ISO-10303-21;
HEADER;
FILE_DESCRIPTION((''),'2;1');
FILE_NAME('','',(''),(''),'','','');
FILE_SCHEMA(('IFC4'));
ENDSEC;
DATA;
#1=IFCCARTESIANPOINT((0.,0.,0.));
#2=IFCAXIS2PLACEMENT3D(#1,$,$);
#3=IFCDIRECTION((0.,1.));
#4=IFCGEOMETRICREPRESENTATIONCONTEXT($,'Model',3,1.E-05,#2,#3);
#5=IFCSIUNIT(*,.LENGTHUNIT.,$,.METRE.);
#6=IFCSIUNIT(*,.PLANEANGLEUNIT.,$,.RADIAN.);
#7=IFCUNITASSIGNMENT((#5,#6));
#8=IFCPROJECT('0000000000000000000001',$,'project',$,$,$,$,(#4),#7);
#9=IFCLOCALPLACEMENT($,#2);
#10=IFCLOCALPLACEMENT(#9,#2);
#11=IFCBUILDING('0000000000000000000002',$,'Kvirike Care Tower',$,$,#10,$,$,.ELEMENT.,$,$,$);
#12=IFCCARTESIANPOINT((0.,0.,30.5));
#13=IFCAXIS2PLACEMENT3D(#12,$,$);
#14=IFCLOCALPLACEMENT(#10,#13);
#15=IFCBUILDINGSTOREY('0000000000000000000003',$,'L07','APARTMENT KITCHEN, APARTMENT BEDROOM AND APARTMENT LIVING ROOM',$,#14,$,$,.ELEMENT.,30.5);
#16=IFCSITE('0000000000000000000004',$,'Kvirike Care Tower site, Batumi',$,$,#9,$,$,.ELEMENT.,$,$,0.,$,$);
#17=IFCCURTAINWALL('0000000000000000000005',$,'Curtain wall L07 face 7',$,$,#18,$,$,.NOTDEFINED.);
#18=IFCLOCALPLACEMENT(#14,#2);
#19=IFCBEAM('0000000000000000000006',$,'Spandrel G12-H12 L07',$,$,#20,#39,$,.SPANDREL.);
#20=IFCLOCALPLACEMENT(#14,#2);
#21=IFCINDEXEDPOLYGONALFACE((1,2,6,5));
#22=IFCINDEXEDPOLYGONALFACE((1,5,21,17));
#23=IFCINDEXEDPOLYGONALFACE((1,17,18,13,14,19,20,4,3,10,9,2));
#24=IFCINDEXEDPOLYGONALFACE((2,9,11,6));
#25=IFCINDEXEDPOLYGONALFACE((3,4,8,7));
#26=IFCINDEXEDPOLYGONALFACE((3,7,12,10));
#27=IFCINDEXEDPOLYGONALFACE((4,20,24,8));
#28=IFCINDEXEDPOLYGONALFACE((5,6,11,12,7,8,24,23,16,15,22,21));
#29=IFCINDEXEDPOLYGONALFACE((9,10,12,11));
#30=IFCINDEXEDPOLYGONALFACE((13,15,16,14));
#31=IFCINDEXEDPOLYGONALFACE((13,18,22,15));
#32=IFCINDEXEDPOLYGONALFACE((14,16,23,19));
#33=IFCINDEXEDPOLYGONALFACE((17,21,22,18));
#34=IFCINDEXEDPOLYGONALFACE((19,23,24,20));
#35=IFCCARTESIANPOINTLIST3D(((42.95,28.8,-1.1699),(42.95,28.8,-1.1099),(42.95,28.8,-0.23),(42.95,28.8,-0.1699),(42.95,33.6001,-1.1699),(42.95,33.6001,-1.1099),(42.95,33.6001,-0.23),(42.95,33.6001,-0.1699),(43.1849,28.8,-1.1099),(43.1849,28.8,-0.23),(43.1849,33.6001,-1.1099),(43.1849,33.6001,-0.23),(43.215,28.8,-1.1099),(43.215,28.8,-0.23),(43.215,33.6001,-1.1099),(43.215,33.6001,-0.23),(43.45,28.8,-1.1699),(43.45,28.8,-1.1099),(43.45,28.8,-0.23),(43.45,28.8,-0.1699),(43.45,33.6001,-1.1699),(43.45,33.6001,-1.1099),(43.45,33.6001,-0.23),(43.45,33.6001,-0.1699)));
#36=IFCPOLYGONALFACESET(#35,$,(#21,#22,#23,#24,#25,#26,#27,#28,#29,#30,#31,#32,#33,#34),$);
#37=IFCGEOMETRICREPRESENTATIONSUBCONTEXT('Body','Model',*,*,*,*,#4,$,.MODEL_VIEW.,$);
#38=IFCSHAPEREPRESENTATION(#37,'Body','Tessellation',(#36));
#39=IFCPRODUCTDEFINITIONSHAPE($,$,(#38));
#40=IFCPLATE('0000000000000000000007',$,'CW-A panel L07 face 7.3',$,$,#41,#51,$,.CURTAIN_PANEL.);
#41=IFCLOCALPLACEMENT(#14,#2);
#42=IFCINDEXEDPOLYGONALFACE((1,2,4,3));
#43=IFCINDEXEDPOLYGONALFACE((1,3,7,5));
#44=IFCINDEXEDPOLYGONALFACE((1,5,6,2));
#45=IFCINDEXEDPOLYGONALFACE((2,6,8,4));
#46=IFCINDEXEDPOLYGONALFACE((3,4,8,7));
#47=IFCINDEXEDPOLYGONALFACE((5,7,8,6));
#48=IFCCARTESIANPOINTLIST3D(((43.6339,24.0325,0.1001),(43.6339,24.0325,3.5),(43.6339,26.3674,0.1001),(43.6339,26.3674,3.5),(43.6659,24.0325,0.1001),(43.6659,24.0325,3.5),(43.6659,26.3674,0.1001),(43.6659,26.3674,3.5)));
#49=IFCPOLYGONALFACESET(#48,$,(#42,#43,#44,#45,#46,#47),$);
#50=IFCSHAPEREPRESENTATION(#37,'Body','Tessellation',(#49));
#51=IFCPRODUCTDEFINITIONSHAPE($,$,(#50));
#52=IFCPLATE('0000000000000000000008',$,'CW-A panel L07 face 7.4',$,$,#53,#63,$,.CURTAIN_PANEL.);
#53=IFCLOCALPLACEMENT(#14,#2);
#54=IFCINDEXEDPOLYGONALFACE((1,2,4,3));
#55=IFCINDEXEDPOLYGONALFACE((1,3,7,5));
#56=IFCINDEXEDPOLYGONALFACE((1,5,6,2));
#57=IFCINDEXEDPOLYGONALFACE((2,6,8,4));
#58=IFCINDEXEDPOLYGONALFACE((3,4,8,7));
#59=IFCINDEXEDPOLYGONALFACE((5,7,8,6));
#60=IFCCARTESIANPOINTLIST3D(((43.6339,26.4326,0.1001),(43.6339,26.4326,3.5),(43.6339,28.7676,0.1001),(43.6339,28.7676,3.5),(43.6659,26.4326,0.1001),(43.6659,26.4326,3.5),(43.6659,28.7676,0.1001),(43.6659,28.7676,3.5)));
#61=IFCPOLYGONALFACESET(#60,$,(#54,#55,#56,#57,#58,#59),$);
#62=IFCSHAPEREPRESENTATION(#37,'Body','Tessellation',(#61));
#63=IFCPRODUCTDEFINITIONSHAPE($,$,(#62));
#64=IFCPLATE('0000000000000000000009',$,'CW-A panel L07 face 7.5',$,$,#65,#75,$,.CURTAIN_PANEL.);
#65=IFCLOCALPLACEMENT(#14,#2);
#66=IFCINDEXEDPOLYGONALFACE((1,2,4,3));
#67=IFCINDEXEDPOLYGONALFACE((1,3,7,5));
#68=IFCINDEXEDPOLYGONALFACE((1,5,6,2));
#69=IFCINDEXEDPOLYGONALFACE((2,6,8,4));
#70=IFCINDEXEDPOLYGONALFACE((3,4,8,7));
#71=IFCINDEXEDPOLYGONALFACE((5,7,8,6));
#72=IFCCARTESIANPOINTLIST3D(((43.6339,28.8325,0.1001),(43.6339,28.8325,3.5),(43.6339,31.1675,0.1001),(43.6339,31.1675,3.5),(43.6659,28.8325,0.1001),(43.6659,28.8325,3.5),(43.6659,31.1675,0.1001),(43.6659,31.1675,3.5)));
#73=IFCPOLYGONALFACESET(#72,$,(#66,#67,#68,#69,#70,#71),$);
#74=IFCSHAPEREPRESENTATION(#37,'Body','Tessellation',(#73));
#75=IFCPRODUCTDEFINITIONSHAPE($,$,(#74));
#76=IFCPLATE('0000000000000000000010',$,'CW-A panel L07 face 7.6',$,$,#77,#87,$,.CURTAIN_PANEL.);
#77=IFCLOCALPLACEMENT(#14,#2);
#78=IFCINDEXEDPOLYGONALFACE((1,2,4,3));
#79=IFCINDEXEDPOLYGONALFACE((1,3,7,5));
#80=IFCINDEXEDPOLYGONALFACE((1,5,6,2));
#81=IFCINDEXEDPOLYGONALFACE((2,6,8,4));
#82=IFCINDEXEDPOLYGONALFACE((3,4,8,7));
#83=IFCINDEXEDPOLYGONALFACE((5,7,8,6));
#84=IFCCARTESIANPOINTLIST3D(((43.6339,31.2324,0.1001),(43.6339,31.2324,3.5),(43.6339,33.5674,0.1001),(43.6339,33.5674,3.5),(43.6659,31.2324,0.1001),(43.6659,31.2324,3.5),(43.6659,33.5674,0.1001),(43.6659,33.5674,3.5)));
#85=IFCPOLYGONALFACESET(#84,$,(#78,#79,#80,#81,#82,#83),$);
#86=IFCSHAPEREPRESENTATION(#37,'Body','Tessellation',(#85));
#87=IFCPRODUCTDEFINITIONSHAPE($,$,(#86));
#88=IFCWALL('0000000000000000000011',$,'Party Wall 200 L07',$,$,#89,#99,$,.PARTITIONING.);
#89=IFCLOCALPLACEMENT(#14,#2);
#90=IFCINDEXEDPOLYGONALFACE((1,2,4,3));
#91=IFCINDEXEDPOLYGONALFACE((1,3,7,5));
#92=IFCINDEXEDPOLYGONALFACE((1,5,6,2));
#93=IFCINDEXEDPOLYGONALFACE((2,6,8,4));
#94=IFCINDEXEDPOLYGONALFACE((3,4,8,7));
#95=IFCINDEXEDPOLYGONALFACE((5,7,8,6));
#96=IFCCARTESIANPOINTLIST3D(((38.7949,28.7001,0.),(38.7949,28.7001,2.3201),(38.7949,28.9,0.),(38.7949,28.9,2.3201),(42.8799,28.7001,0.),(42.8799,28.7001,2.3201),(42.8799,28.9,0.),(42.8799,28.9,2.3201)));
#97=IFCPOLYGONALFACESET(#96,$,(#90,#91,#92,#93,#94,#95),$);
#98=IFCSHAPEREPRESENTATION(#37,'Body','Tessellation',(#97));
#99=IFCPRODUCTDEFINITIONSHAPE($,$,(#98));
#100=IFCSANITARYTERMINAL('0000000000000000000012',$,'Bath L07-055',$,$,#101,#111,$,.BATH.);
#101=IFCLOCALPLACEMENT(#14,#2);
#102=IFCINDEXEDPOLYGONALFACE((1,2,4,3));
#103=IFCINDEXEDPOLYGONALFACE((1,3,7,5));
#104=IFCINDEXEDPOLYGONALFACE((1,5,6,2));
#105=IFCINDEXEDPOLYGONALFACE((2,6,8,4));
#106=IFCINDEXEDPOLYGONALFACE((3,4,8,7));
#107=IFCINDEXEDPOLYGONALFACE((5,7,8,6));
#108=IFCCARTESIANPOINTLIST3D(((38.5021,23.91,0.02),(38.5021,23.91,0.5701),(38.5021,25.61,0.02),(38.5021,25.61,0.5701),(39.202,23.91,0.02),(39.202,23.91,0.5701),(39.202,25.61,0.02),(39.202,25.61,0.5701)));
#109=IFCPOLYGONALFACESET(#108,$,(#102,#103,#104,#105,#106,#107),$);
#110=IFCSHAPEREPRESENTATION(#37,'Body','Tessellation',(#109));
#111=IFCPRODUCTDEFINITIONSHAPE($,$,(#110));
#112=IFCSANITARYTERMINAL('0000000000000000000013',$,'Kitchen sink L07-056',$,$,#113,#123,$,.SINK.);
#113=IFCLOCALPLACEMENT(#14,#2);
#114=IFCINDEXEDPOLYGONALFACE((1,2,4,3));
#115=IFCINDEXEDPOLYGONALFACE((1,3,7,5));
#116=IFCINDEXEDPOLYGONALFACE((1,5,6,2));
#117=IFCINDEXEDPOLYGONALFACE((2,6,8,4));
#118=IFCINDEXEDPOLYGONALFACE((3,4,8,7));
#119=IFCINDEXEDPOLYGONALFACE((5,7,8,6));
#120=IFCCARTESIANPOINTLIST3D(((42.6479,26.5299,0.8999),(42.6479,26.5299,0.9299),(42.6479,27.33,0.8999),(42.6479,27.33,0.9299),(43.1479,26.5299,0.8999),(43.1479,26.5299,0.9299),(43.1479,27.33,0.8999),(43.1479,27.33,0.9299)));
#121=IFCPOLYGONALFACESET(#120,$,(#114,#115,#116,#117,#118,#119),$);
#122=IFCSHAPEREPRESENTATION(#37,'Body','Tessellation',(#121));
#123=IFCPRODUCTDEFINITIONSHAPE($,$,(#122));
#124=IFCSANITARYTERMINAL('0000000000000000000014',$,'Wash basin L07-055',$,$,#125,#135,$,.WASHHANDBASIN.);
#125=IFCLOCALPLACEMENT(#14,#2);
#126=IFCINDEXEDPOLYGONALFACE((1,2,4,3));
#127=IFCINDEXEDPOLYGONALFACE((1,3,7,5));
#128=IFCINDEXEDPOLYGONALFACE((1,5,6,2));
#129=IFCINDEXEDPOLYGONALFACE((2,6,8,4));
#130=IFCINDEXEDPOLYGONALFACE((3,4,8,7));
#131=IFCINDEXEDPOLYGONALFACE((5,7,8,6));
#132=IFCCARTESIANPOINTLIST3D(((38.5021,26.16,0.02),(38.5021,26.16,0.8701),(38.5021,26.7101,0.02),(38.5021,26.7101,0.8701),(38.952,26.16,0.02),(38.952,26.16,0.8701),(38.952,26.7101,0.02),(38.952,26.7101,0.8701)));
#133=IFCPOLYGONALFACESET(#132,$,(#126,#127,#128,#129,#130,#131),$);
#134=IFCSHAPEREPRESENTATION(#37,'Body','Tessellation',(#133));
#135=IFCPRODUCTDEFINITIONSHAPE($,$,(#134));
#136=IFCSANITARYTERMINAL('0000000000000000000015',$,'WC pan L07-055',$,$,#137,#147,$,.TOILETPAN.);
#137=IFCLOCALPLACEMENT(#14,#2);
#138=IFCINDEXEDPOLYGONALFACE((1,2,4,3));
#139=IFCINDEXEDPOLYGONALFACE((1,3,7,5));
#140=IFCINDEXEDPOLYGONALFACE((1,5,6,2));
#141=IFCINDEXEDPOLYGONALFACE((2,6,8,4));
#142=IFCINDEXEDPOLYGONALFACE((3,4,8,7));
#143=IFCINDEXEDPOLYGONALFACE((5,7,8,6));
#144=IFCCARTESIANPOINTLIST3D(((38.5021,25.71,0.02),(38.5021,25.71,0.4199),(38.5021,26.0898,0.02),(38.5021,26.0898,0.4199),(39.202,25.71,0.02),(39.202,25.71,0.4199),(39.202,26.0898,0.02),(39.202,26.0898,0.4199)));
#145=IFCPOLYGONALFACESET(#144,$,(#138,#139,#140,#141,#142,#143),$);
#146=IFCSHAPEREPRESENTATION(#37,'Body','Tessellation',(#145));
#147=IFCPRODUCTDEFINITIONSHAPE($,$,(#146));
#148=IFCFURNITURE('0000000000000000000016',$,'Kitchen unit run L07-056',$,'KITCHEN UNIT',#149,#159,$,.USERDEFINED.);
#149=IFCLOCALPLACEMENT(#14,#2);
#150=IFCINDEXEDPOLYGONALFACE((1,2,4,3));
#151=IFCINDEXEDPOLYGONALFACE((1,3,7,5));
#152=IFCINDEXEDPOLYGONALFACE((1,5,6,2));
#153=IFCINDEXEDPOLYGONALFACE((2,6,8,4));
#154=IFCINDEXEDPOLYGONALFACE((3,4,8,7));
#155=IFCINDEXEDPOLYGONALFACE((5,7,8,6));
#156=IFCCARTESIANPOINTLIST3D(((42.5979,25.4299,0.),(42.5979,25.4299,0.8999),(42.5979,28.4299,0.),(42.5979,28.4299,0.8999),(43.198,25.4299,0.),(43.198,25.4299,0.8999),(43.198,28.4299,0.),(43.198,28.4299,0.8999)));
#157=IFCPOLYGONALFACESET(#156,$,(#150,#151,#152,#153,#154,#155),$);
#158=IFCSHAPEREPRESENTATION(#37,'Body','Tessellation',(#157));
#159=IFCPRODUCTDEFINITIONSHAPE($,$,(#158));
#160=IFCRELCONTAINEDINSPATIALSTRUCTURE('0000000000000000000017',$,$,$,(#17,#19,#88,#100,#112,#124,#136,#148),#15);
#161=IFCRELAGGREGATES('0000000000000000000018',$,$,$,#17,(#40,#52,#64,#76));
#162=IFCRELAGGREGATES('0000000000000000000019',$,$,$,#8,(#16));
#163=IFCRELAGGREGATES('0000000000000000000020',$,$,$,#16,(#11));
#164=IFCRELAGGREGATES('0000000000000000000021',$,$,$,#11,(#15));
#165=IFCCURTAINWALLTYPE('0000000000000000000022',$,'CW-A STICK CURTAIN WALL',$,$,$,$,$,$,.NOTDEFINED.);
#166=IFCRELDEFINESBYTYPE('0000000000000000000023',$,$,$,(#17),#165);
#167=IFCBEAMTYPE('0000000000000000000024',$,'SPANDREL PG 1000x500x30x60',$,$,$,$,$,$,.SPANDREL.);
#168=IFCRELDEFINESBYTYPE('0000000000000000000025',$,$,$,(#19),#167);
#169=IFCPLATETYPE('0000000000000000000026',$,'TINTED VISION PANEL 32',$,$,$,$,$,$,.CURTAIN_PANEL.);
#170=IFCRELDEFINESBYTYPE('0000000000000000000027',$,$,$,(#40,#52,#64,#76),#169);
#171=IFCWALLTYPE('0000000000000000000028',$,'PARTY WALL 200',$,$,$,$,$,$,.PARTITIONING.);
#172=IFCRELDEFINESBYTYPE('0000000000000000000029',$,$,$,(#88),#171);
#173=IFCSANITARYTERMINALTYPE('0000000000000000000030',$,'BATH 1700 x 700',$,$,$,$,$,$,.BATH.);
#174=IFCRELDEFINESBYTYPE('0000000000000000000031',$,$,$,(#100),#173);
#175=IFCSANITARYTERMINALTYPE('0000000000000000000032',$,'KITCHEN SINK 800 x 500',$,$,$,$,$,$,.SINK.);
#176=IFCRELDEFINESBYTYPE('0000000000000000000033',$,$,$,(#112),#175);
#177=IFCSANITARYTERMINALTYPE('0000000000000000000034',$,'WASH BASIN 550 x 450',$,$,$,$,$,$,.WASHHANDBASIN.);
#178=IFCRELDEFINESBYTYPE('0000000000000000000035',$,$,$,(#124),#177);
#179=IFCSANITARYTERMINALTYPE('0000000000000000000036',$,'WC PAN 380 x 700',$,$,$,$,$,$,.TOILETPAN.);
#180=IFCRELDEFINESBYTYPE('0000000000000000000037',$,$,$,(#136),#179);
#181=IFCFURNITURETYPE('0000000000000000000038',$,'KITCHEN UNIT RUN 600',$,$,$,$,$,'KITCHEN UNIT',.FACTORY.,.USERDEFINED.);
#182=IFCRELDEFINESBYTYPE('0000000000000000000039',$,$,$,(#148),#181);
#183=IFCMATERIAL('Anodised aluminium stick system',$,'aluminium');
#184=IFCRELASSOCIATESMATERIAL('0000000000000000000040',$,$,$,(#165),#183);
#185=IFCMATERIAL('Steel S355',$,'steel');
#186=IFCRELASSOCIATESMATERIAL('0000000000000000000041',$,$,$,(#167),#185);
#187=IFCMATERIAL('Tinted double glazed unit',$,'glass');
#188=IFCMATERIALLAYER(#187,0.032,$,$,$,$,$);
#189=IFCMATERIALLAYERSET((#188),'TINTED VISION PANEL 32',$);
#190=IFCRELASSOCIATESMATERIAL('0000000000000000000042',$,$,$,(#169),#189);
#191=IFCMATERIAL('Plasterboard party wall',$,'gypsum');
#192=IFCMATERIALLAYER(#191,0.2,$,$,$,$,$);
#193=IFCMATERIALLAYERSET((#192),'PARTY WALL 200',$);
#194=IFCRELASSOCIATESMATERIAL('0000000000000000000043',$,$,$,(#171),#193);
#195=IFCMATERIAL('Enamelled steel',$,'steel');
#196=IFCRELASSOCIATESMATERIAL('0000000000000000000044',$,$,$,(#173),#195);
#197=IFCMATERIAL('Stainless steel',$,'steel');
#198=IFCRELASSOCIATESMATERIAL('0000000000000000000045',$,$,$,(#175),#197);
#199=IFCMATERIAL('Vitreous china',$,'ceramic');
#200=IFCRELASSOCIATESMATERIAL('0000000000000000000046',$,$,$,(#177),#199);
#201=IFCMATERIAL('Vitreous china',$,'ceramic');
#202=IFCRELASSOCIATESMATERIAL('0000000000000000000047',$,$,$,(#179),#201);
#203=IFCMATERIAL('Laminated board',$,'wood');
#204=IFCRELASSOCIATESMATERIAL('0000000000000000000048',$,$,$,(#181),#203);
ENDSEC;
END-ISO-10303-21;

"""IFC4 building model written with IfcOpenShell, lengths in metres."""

from ifc_helpers import new_model, si_unit, direction, frame, frame_2d, origin, origin_2d, place, context, subcontext, project, spatial, rectangle, i_section, extrude, material, layer, layer_set, material_profile, profile_set, type_object, element, aggregate, save


model = new_model("IFC4")

# Units and contexts
model_context = context("Model", 3, precision=1e-05, world=origin(), true_north=direction((0.0, 1.0)))
body_context = subcontext(model_context, "Body", "Model", "MODEL_VIEW")
ifc_project = project(units=[si_unit("LENGTHUNIT", "METRE"), si_unit("PLANEANGLEUNIT", "RADIAN")], contexts=[model_context])

# Site, building, storey
site_placement = place(None, origin())
site = spatial("IfcSite", under=ifc_project, at=site_placement, Name="Kvirike Care Tower site, Batumi", CompositionType="ELEMENT", RefElevation=0.0)
building_placement = place(site_placement, origin())
building = spatial("IfcBuilding", under=site, at=building_placement, Name="Kvirike Care Tower", CompositionType="ELEMENT")
storey_placement = place(building_placement, frame((0.0, 0.0, 30.5)))
storey = spatial("IfcBuildingStorey", under=building, at=storey_placement, Name="L07", Description="APARTMENT KITCHEN, APARTMENT BEDROOM AND APARTMENT LIVING ROOM", CompositionType="ELEMENT", Elevation=30.5)

# Curtain wall
ifc_material_1 = material(Name="Anodised aluminium stick system", Category="aluminium")
curtain_wall_type = type_object("IfcCurtainWallType", Name="CW-A STICK CURTAIN WALL", PredefinedType="NOTDEFINED", material=ifc_material_1)
curtain_wall_placement = place(storey_placement, origin())
curtain_wall = element("IfcCurtainWall", 1, at=curtain_wall_placement, inside=storey, type_object=curtain_wall_type, Name="Curtain wall L07 face 7", PredefinedType="NOTDEFINED")

# Beam
ifc_material_2 = material(Name="Steel S355", Category="steel")
ifc_material_profile_1 = material_profile(ifc_material_2, i_section(OverallWidth=0.5, OverallDepth=1.0, WebThickness=0.03, FlangeThickness=0.0601, at=origin_2d()), Name="PG 1000x500x30x60")
ifc_profile_set_1 = profile_set([ifc_material_profile_1], Name="Steel S355")
beam_type = type_object("IfcBeamType", Name="SPANDREL PG 1000x500x30x60", PredefinedType="SPANDREL", material=ifc_profile_set_1)
for number, where, z_axis, x_axis, name in (
    (2, (43.2, 28.8, -0.6699), (0.0, 1.0, 0.0), (-1.0, 0.0, 0.0), "Spandrel G12-H12 L07"),
):
    element("IfcBeam", number, at=place(storey_placement, frame(where, z_axis=z_axis, x_axis=x_axis)), inside=storey, type_object=beam_type, Name=name, PredefinedType="SPANDREL", context=body_context, shape_type="SweptSolid", body=[
        extrude(i_section(OverallWidth=0.5, OverallDepth=1.0, WebThickness=0.03, FlangeThickness=0.0601, at=origin_2d()), origin(), (0.0, 0.0, 1.0), 4.8),
    ])

# Plates
ifc_material_3 = material(Name="Tinted double glazed unit", Category="glass")
ifc_layer_1 = layer(ifc_material_3, 0.032)
ifc_layer_set_1 = layer_set([ifc_layer_1], Name="TINTED VISION PANEL 32")
plate_type = type_object("IfcPlateType", Name="TINTED VISION PANEL 32", PredefinedType="CURTAIN_PANEL", material=ifc_layer_set_1)
plate_1_placement = place(storey_placement, frame((43.6499, 25.2, 0.1001), z_axis=(0.0, 0.0, 1.0), x_axis=(0.0, 1.0, 0.0)))
plate_1 = element("IfcPlate", 3, at=plate_1_placement, type_object=plate_type, Name="CW-A panel L07 face 7.3", PredefinedType="CURTAIN_PANEL", context=body_context, shape_type="SweptSolid", body=[
    extrude(rectangle(XDim=2.335, YDim=0.032, at=origin_2d()), origin(), (0.0, 0.0, 1.0), 3.3999),
])
plate_2_placement = place(storey_placement, frame((43.6499, 27.6001, 0.1001), z_axis=(0.0, 0.0, 1.0), x_axis=(0.0, 1.0, 0.0)))
plate_2 = element("IfcPlate", 4, at=plate_2_placement, type_object=plate_type, Name="CW-A panel L07 face 7.4", PredefinedType="CURTAIN_PANEL", context=body_context, shape_type="SweptSolid", body=[
    extrude(rectangle(XDim=2.335, YDim=0.032, at=origin_2d()), origin(), (0.0, 0.0, 1.0), 3.3999),
])
plate_3_placement = place(storey_placement, frame((43.6499, 30.0, 0.1001), z_axis=(0.0, 0.0, 1.0), x_axis=(0.0, 1.0, 0.0)))
plate_3 = element("IfcPlate", 5, at=plate_3_placement, type_object=plate_type, Name="CW-A panel L07 face 7.5", PredefinedType="CURTAIN_PANEL", context=body_context, shape_type="SweptSolid", body=[
    extrude(rectangle(XDim=2.335, YDim=0.032, at=origin_2d()), origin(), (0.0, 0.0, 1.0), 3.3999),
])
plate_4_placement = place(storey_placement, frame((43.6499, 32.3999, 0.1001), z_axis=(0.0, 0.0, 1.0), x_axis=(0.0, 1.0, 0.0)))
plate_4 = element("IfcPlate", 6, at=plate_4_placement, type_object=plate_type, Name="CW-A panel L07 face 7.6", PredefinedType="CURTAIN_PANEL", context=body_context, shape_type="SweptSolid", body=[
    extrude(rectangle(XDim=2.335, YDim=0.032, at=origin_2d()), origin(), (0.0, 0.0, 1.0), 3.3999),
])
aggregate(curtain_wall, [plate_1, plate_2, plate_3, plate_4])

# Wall
ifc_material_4 = material(Name="Plasterboard party wall", Category="gypsum")
ifc_layer_2 = layer(ifc_material_4, 0.2)
ifc_layer_set_2 = layer_set([ifc_layer_2], Name="PARTY WALL 200")
wall_type = type_object("IfcWallType", Name="PARTY WALL 200", PredefinedType="PARTITIONING", material=ifc_layer_set_2)
wall_placement = place(storey_placement, frame((42.8799, 28.8, 0.0), z_axis=(0.0, 0.0, 1.0), x_axis=(-1.0, 0.0, 0.0)))
element("IfcWall", 7, at=wall_placement, inside=storey, type_object=wall_type, Name="Party Wall 200 L07", PredefinedType="PARTITIONING", context=body_context, shape_type="SweptSolid", body=[
    extrude(rectangle(XDim=4.085, YDim=0.2, at=frame_2d((2.0425, 0.0))), origin(), (0.0, 0.0, 1.0), 2.3201),
])

# Sanitary terminals
ifc_material_5 = material(Name="Enamelled steel", Category="steel")
sanitary_terminal_type_1 = type_object("IfcSanitaryTerminalType", Name="BATH 1700 x 700", PredefinedType="BATH", material=ifc_material_5)
sanitary_terminal_1_placement = place(storey_placement, frame((38.8521, 24.76, 0.02), z_axis=(0.0, 0.0, 1.0), x_axis=(0.0, 1.0, 0.0)))
element("IfcSanitaryTerminal", 8, at=sanitary_terminal_1_placement, inside=storey, type_object=sanitary_terminal_type_1, Name="Bath L07-055", PredefinedType="BATH", context=body_context, shape_type="SweptSolid", body=[
    extrude(rectangle(XDim=1.7, YDim=0.7, at=origin_2d()), origin(), (0.0, 0.0, 1.0), 0.55),
])
ifc_material_6 = material(Name="Stainless steel", Category="steel")
sanitary_terminal_type_2 = type_object("IfcSanitaryTerminalType", Name="KITCHEN SINK 800 x 500", PredefinedType="SINK", material=ifc_material_6)
sanitary_terminal_2_placement = place(storey_placement, frame((42.8979, 26.9299, 0.8999), z_axis=(0.0, 0.0, 1.0), x_axis=(0.0, -1.0, 0.0)))
element("IfcSanitaryTerminal", 9, at=sanitary_terminal_2_placement, inside=storey, type_object=sanitary_terminal_type_2, Name="Kitchen sink L07-056", PredefinedType="SINK", context=body_context, shape_type="SweptSolid", body=[
    extrude(rectangle(XDim=0.8, YDim=0.5, at=origin_2d()), origin(), (0.0, 0.0, 1.0), 0.03),
])
ifc_material_7 = material(Name="Vitreous china", Category="ceramic")
sanitary_terminal_type_3 = type_object("IfcSanitaryTerminalType", Name="WASH BASIN 550 x 450", PredefinedType="WASHHANDBASIN", material=ifc_material_7)
sanitary_terminal_3_placement = place(storey_placement, frame((38.7271, 26.4351, 0.02), z_axis=(0.0, 0.0, 1.0), x_axis=(0.0, 1.0, 0.0)))
element("IfcSanitaryTerminal", 10, at=sanitary_terminal_3_placement, inside=storey, type_object=sanitary_terminal_type_3, Name="Wash basin L07-055", PredefinedType="WASHHANDBASIN", context=body_context, shape_type="SweptSolid", body=[
    extrude(rectangle(XDim=0.55, YDim=0.45, at=origin_2d()), origin(), (0.0, 0.0, 1.0), 0.8501),
])
ifc_material_8 = material(Name="Vitreous china", Category="ceramic")
sanitary_terminal_type_4 = type_object("IfcSanitaryTerminalType", Name="WC PAN 380 x 700", PredefinedType="TOILETPAN", material=ifc_material_8)
sanitary_terminal_4_placement = place(storey_placement, frame((38.8521, 25.8999, 0.02), z_axis=(0.0, 0.0, 1.0), x_axis=(0.0, 1.0, 0.0)))
element("IfcSanitaryTerminal", 11, at=sanitary_terminal_4_placement, inside=storey, type_object=sanitary_terminal_type_4, Name="WC pan L07-055", PredefinedType="TOILETPAN", context=body_context, shape_type="SweptSolid", body=[
    extrude(rectangle(XDim=0.3799, YDim=0.7, at=origin_2d()), origin(), (0.0, 0.0, 1.0), 0.3999),
])

# Furniture
ifc_material_9 = material(Name="Laminated board", Category="wood")
furniture_type = type_object("IfcFurnitureType", Name="KITCHEN UNIT RUN 600", ElementType="KITCHEN UNIT", AssemblyPlace="FACTORY", PredefinedType="USERDEFINED", material=ifc_material_9)
furniture_placement = place(storey_placement, frame((42.8979, 26.9299, 0.0), z_axis=(0.0, 0.0, 1.0), x_axis=(0.0, -1.0, 0.0)))
element("IfcFurniture", 12, at=furniture_placement, inside=storey, type_object=furniture_type, Name="Kitchen unit run L07-056", ObjectType="KITCHEN UNIT", PredefinedType="USERDEFINED", context=body_context, shape_type="SweptSolid", body=[
    extrude(rectangle(XDim=3.0, YDim=0.6001, at=origin_2d()), origin(), (0.0, 0.0, 1.0), 0.8999),
])

save(model, "model.ifc")
